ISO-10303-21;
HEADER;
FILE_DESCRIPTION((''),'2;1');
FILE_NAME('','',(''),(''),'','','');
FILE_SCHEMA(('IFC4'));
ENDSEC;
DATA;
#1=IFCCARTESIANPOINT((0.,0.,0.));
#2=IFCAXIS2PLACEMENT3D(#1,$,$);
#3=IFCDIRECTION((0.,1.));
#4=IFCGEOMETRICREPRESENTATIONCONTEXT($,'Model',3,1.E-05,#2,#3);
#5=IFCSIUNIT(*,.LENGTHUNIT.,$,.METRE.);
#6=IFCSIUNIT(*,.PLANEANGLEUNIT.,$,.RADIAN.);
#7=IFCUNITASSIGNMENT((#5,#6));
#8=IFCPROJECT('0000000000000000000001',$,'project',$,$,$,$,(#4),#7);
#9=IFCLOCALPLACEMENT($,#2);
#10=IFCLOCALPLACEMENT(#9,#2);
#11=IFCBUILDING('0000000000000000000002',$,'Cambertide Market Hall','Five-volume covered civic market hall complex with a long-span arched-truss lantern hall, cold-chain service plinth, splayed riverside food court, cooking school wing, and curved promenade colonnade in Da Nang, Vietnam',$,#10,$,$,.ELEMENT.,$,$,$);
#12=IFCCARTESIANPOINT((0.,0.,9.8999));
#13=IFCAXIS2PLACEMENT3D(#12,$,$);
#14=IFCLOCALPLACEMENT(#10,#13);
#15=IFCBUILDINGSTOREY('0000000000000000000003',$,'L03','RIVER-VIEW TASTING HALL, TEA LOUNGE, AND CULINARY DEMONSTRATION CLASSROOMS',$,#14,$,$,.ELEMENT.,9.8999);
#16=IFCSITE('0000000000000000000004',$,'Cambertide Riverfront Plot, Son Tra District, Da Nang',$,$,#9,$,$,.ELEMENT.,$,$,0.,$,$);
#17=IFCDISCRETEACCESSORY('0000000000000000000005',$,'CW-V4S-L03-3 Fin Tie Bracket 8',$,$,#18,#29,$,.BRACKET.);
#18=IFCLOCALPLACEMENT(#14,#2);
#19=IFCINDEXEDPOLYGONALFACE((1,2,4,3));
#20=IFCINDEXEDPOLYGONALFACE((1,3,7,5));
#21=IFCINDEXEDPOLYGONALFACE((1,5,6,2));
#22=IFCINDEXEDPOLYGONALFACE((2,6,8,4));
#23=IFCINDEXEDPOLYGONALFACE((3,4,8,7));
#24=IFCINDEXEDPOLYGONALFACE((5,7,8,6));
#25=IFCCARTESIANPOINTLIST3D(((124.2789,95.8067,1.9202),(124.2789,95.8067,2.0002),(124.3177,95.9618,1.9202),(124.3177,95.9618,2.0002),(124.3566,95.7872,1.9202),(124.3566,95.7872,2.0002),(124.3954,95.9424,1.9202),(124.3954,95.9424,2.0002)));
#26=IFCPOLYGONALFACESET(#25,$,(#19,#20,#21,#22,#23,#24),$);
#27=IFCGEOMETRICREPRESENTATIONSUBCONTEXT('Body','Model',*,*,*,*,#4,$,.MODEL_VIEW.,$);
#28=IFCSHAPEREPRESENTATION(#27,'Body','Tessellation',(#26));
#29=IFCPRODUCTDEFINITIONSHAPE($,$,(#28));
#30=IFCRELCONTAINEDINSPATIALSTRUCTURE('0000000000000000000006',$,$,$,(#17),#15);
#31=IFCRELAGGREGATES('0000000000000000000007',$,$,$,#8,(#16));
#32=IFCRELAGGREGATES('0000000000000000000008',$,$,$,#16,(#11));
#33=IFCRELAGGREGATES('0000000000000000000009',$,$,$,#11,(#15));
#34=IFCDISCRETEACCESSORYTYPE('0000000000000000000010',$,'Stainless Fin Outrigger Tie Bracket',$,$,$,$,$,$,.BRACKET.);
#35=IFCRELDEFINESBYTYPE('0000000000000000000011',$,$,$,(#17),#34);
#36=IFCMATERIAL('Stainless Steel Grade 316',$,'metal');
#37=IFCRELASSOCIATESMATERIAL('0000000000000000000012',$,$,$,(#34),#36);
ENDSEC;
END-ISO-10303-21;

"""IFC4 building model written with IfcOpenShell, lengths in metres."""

from ifc_helpers import new_model, si_unit, direction, frame, origin, origin_2d, place, context, subcontext, project, spatial, rectangle, extrude, material, type_object, element, save


model = new_model("IFC4")

# Units and contexts
model_context = context("Model", 3, precision=1e-05, world=origin(), true_north=direction((0.0, 1.0)))
body_context = subcontext(model_context, "Body", "Model", "MODEL_VIEW")
ifc_project = project(units=[si_unit("LENGTHUNIT", "METRE"), si_unit("PLANEANGLEUNIT", "RADIAN")], contexts=[model_context])

# Site, building, storey
site_placement = place(None, origin())
site = spatial("IfcSite", under=ifc_project, at=site_placement, Name="Cambertide Riverfront Plot, Son Tra District, Da Nang", CompositionType="ELEMENT", RefElevation=0.0)
building_placement = place(site_placement, origin())
building = spatial("IfcBuilding", under=site, at=building_placement, Name="Cambertide Market Hall", Description="Five-volume covered civic market hall complex with a long-span arched-truss lantern hall, cold-chain service plinth, splayed riverside food court, cooking school wing, and curved promenade colonnade in Da Nang, Vietnam", CompositionType="ELEMENT")
storey_placement = place(building_placement, frame((0.0, 0.0, 9.8999)))
storey = spatial("IfcBuildingStorey", under=building, at=storey_placement, Name="L03", Description="RIVER-VIEW TASTING HALL, TEA LOUNGE, AND CULINARY DEMONSTRATION CLASSROOMS", CompositionType="ELEMENT", Elevation=9.8999)

# Discrete accessory
ifc_material_1 = material(Name="Stainless Steel Grade 316", Category="metal")
discrete_accessory_type = type_object("IfcDiscreteAccessoryType", Name="Stainless Fin Outrigger Tie Bracket", PredefinedType="BRACKET", material=ifc_material_1)
for number, where, z_axis, x_axis, name in (
    (1, (124.3372, 95.8745, 1.9202), (0.0, 0.0, 1.0), (-0.970143, 0.242535, 0.0), "CW-V4S-L03-3 Fin Tie Bracket 8"),
):
    element("IfcDiscreteAccessory", number, at=place(storey_placement, frame(where, z_axis=z_axis, x_axis=x_axis)), inside=storey, type_object=discrete_accessory_type, Name=name, PredefinedType="BRACKET", context=body_context, shape_type="SweptSolid", body=[
        extrude(rectangle(XDim=0.0801, YDim=0.1599, at=origin_2d()), origin(), (0.0, 0.0, 1.0), 0.0801),
    ])

save(model, "model.ifc")
